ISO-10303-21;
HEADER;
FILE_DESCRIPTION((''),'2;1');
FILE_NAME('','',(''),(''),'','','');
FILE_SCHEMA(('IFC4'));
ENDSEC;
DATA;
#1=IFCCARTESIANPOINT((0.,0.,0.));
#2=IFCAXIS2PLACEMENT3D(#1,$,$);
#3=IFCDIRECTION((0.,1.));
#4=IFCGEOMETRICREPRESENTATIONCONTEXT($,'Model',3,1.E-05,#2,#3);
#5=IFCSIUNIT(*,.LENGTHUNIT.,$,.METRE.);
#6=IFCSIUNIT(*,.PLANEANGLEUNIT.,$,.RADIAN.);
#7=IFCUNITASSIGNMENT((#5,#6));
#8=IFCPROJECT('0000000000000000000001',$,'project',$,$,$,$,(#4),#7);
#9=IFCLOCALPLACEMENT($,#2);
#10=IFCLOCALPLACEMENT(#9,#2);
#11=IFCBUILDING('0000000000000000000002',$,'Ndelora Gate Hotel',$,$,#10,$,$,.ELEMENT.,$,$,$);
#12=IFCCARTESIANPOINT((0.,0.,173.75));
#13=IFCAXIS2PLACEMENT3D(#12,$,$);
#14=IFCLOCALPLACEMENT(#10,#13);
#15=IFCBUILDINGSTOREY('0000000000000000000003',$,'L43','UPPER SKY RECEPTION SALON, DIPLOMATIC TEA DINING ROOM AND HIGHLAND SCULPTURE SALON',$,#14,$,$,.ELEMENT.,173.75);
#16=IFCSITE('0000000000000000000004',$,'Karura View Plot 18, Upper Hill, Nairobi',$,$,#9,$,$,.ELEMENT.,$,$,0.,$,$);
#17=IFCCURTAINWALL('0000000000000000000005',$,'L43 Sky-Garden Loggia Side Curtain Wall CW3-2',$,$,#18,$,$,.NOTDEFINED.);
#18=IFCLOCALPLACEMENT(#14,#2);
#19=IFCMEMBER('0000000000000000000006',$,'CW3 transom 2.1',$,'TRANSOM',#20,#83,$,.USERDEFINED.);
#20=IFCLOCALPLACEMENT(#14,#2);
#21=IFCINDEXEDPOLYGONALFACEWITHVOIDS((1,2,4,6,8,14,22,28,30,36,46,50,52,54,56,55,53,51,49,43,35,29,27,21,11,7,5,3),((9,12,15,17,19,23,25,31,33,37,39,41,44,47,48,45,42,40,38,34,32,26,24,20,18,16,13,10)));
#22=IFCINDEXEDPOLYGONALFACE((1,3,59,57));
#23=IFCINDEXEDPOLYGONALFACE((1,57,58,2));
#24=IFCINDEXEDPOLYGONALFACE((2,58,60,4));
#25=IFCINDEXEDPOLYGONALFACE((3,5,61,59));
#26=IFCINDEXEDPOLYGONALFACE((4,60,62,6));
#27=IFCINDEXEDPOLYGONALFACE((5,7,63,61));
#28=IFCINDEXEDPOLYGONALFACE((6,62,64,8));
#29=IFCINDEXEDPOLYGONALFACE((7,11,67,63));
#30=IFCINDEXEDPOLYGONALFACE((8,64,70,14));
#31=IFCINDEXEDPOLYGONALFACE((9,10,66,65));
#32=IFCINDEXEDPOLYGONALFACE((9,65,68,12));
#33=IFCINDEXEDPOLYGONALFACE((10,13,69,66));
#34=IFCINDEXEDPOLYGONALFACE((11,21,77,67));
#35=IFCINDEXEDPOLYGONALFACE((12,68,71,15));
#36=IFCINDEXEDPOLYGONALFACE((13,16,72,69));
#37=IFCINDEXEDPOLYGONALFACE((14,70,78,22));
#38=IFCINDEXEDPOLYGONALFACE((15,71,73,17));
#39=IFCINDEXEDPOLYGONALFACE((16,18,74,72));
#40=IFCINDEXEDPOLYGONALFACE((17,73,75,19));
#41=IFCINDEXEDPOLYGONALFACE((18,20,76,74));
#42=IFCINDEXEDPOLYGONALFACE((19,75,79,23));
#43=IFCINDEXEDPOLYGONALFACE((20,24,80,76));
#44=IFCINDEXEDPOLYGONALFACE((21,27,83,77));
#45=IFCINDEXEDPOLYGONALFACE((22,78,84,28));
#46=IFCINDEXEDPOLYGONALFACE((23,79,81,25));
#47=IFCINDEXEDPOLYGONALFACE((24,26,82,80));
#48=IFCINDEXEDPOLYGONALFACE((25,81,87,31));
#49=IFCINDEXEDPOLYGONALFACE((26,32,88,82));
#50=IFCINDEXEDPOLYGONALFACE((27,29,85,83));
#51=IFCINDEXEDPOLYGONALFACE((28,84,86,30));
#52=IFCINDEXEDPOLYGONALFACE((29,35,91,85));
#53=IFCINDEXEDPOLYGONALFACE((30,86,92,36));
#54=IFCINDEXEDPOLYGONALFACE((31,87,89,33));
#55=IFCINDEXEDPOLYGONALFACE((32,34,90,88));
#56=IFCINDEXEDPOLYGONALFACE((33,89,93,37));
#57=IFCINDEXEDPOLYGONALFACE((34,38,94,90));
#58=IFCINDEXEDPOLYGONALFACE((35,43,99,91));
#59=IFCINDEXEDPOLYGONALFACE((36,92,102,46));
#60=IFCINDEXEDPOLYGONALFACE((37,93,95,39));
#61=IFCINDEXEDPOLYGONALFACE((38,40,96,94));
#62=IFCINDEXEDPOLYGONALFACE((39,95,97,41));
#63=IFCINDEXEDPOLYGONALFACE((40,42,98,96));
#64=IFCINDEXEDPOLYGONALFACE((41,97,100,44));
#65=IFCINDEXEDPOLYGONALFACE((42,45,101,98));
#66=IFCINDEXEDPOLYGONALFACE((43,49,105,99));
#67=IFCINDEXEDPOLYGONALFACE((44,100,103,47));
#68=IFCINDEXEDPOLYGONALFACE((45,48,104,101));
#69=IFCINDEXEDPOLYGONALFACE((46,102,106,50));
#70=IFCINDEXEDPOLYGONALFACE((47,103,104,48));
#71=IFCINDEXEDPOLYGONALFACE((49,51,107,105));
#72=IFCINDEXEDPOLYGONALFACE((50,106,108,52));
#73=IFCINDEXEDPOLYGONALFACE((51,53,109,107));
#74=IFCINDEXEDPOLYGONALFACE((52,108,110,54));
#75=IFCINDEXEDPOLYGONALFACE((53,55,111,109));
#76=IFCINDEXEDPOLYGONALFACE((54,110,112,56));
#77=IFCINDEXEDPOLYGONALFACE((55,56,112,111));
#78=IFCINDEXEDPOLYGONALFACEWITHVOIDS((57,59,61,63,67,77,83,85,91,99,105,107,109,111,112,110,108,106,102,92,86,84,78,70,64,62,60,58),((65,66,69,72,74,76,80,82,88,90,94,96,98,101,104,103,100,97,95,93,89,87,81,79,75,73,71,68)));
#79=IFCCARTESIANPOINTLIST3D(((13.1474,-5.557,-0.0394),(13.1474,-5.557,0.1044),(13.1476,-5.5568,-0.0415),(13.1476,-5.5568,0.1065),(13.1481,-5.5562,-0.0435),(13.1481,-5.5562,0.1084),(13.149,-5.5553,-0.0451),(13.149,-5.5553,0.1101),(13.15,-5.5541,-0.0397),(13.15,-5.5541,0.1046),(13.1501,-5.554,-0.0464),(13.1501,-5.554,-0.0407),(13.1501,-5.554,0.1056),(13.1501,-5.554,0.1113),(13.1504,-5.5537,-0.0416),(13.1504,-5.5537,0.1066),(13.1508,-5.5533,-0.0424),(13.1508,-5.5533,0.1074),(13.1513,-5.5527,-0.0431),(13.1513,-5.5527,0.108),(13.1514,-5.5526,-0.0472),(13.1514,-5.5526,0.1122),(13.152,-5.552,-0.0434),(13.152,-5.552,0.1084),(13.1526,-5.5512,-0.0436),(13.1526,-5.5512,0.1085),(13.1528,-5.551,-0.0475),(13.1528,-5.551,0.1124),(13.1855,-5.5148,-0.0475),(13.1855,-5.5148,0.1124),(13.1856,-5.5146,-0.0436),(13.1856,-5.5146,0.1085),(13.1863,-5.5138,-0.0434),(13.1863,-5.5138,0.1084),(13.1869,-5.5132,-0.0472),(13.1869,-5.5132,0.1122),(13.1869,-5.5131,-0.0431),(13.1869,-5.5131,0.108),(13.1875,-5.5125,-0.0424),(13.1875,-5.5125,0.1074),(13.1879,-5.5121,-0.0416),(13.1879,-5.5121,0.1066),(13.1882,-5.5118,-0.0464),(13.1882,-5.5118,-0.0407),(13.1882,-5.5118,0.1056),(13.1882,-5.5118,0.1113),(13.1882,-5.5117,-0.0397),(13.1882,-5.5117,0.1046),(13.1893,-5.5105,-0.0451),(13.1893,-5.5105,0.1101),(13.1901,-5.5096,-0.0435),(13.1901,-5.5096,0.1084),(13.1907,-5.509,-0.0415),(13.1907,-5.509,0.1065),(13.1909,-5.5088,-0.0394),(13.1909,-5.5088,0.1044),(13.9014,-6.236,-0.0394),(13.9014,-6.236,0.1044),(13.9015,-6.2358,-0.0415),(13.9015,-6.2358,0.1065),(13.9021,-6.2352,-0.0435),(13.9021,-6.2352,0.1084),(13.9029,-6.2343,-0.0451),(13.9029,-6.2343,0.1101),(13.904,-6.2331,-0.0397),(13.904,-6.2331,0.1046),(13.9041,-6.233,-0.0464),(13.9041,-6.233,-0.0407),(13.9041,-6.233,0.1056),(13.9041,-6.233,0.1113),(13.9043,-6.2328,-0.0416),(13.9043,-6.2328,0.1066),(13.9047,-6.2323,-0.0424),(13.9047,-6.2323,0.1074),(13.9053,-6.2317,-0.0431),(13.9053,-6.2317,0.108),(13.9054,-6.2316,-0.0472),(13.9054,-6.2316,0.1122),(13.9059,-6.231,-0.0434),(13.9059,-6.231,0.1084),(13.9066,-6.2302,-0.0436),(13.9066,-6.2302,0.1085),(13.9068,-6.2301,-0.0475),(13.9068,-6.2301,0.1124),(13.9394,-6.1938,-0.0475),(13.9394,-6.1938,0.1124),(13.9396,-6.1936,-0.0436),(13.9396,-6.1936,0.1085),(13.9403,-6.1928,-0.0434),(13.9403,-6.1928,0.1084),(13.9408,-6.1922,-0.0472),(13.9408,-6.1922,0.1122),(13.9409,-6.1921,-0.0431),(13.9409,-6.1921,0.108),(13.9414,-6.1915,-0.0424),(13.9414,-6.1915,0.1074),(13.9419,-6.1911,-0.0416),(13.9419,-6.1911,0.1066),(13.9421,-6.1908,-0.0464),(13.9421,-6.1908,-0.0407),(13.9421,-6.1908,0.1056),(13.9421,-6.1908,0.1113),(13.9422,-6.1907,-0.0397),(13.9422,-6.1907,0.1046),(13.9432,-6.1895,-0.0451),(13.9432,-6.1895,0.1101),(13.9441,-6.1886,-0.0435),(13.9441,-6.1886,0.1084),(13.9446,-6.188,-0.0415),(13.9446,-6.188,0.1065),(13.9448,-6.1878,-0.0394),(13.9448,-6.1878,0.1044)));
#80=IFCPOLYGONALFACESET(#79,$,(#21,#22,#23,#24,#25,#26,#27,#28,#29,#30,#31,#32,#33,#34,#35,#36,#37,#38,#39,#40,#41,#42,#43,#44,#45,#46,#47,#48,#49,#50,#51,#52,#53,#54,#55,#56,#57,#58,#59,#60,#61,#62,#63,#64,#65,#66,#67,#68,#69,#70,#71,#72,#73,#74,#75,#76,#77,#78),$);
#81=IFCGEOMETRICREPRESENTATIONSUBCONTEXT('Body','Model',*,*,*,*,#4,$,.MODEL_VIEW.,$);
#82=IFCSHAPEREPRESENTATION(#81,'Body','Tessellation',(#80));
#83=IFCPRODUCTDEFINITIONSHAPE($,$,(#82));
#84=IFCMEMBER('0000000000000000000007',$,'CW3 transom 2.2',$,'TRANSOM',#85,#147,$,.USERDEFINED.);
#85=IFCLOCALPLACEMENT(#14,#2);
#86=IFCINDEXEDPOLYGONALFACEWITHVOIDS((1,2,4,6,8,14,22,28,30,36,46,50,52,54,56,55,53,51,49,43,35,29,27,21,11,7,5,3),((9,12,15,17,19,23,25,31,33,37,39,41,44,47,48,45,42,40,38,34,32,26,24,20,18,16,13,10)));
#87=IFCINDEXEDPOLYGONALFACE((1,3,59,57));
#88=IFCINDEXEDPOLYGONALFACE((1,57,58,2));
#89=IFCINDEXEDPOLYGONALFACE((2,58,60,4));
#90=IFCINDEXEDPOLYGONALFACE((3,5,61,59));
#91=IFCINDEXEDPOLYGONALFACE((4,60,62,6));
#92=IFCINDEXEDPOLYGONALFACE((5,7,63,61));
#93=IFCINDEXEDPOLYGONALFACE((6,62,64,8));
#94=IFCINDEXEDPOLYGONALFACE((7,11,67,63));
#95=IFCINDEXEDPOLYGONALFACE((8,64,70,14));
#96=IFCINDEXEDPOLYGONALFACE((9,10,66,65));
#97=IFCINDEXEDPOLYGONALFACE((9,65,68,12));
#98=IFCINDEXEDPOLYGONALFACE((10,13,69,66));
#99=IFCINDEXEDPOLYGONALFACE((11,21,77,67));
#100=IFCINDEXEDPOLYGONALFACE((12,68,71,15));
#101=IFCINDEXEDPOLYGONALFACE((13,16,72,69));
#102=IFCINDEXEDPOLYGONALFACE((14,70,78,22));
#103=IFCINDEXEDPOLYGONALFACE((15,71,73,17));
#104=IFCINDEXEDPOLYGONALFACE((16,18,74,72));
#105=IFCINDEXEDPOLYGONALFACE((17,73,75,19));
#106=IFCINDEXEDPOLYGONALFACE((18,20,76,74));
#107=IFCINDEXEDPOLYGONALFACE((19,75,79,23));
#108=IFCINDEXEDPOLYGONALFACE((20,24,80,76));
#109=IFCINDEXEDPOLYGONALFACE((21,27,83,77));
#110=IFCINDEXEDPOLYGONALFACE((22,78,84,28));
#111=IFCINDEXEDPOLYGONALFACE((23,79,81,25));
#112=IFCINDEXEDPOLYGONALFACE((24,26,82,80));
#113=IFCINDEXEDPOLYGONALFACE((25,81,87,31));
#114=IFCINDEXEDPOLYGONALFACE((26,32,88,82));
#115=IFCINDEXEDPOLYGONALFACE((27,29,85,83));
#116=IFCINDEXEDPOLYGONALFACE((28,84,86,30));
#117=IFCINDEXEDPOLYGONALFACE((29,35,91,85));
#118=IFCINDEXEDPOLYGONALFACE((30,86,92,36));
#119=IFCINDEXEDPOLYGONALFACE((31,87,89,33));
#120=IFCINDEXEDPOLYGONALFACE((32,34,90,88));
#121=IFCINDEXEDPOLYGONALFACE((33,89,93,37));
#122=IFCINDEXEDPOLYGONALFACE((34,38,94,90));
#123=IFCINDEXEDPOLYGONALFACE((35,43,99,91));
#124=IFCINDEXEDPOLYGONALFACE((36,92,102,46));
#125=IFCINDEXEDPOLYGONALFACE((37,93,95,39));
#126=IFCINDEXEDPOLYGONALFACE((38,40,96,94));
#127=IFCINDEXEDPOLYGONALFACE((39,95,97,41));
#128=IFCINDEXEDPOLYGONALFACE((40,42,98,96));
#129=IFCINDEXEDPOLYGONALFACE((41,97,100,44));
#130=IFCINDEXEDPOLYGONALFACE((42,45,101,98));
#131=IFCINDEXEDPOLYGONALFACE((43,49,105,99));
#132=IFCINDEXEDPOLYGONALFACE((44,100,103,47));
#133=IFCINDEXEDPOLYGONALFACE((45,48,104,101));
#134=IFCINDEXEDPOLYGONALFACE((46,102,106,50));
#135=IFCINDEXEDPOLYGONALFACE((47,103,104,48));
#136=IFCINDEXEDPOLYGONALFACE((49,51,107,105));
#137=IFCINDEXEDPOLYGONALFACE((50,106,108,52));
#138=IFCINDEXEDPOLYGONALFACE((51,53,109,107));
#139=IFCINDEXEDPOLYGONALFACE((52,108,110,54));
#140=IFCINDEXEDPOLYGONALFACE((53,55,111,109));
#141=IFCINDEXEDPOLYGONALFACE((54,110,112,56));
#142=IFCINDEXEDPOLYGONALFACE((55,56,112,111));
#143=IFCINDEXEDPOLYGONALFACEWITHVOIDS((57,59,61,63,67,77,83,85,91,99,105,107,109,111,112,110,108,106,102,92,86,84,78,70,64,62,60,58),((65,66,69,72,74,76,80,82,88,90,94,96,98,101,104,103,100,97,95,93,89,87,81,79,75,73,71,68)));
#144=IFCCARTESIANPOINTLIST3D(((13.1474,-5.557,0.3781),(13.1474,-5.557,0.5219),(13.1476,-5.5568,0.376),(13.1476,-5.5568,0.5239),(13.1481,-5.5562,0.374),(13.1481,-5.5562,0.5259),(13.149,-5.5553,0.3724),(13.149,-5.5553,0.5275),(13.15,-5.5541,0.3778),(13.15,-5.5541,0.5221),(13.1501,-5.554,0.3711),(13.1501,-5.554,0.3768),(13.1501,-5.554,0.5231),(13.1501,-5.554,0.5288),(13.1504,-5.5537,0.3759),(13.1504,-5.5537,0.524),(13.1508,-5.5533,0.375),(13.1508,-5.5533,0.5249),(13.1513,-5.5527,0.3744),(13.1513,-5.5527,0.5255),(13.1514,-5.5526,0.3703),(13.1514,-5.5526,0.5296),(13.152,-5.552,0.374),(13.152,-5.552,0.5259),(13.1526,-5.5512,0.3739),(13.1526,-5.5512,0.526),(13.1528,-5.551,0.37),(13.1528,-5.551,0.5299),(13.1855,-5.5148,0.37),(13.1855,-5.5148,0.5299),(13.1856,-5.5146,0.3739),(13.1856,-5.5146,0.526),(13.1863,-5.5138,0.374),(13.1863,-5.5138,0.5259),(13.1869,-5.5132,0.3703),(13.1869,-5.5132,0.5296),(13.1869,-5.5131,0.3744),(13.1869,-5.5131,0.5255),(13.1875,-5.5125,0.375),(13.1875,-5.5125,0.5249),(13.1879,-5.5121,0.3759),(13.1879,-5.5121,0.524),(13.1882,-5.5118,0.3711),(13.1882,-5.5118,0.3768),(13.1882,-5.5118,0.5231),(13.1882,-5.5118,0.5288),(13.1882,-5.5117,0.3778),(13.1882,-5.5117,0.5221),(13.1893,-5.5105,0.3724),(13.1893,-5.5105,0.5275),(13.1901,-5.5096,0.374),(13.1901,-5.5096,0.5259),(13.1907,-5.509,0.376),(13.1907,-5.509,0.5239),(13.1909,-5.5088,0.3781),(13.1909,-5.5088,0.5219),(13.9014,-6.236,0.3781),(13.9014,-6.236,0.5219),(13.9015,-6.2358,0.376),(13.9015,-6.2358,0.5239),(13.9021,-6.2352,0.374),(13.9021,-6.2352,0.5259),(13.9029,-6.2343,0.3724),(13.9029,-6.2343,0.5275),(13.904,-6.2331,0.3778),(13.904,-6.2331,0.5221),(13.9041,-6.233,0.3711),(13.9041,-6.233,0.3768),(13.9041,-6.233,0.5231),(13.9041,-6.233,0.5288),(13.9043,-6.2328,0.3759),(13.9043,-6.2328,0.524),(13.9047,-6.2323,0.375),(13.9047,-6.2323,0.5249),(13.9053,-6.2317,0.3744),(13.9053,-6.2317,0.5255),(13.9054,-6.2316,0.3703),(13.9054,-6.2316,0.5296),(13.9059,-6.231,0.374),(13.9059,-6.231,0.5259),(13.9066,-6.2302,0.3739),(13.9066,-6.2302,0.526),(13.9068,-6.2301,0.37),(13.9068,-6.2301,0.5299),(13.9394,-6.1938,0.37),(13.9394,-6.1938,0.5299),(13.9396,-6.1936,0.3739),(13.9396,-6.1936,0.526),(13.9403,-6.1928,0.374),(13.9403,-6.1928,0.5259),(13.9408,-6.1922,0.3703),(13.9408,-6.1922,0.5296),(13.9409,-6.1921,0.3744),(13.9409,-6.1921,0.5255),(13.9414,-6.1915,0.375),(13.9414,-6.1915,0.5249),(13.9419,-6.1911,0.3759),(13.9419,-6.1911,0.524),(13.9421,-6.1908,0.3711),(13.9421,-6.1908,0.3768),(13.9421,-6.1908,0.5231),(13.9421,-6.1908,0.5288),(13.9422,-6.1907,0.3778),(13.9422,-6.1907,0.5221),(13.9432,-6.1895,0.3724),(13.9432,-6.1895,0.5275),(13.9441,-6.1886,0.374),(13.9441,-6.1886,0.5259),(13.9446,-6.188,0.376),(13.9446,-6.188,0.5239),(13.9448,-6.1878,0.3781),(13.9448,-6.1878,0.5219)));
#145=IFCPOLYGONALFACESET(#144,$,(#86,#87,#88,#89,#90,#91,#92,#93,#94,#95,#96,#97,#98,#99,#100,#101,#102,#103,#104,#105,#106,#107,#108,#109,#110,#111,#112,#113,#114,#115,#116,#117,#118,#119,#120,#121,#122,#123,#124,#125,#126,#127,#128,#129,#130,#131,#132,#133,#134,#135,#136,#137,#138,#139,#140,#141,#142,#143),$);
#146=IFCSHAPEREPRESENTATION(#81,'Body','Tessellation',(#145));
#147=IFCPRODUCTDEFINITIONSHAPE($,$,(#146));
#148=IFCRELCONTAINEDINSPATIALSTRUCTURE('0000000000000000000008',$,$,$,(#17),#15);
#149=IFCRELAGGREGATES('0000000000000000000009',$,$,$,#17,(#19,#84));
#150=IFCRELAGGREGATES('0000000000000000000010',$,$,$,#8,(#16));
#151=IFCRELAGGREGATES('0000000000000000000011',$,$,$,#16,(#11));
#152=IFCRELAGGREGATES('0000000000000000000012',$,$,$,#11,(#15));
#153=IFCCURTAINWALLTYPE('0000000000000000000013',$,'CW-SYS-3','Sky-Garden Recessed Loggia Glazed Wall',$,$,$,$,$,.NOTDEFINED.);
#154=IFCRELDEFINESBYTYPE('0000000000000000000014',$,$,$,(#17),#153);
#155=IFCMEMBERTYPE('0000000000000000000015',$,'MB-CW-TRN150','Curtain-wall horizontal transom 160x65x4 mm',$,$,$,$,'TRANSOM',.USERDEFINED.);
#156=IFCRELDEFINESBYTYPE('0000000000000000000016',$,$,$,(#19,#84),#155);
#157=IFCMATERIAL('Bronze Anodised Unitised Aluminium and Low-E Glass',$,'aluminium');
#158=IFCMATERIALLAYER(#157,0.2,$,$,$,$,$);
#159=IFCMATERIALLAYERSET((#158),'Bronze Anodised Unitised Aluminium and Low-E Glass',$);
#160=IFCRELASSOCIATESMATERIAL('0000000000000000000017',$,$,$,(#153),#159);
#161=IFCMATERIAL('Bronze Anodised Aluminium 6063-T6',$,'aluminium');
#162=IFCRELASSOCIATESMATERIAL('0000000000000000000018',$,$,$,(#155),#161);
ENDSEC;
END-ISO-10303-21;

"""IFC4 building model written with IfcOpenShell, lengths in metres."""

from ifc_helpers import new_model, si_unit, direction, frame, origin, origin_2d, place, context, subcontext, project, spatial, hollow_rectangle, extrude, material, layer, layer_set, material_profile, profile_set, type_object, element, aggregate, save


model = new_model("IFC4")

# Units and contexts
model_context = context("Model", 3, precision=1e-05, world=origin(), true_north=direction((0.0, 1.0)))
body_context = subcontext(model_context, "Body", "Model", "MODEL_VIEW")
ifc_project = project(units=[si_unit("LENGTHUNIT", "METRE"), si_unit("PLANEANGLEUNIT", "RADIAN")], contexts=[model_context])

# Site, building, storey
site_placement = place(None, origin())
site = spatial("IfcSite", under=ifc_project, at=site_placement, Name="Karura View Plot 18, Upper Hill, Nairobi", CompositionType="ELEMENT", RefElevation=0.0)
building_placement = place(site_placement, origin())
building = spatial("IfcBuilding", under=site, at=building_placement, Name="Ndelora Gate Hotel", CompositionType="ELEMENT")
storey_placement = place(building_placement, frame((0.0, 0.0, 173.75)))
storey = spatial("IfcBuildingStorey", under=building, at=storey_placement, Name="L43", Description="UPPER SKY RECEPTION SALON, DIPLOMATIC TEA DINING ROOM AND HIGHLAND SCULPTURE SALON", CompositionType="ELEMENT", Elevation=173.75)

# Curtain wall, members
ifc_material_1 = material(Name="Bronze Anodised Unitised Aluminium and Low-E Glass", Category="aluminium")
ifc_layer_1 = layer(ifc_material_1, 0.2)
ifc_layer_set_1 = layer_set([ifc_layer_1], Name="Bronze Anodised Unitised Aluminium and Low-E Glass")
curtain_wall_type = type_object("IfcCurtainWallType", Name="CW-SYS-3", Description="Sky-Garden Recessed Loggia Glazed Wall", PredefinedType="NOTDEFINED", material=ifc_layer_set_1)
curtain_wall_placement = place(storey_placement, origin())
curtain_wall = element("IfcCurtainWall", 1, at=curtain_wall_placement, inside=storey, type_object=curtain_wall_type, Name="L43 Sky-Garden Loggia Side Curtain Wall CW3-2", PredefinedType="NOTDEFINED")
ifc_material_2 = material(Name="Bronze Anodised Aluminium 6063-T6", Category="aluminium")
ifc_material_profile_1 = material_profile(ifc_material_2, hollow_rectangle(XDim=0.0649, YDim=0.1599, WallThickness=0.0039, InnerFilletRadius=0.0039, OuterFilletRadius=0.0081, at=origin_2d()), Name="ALU 160x65x4")
ifc_profile_set_1 = profile_set([ifc_material_profile_1], Name="Bronze Anodised Aluminium 6063-T6")
member_type_1 = type_object("IfcMemberType", Name="MB-CW-TRN150", Description="Curtain-wall horizontal transom 160x65x4 mm", ElementType="TRANSOM", PredefinedType="USERDEFINED", material=ifc_profile_set_1)
member_1_placement = place(storey_placement, frame((13.9231, -6.2119, 0.0325), z_axis=(-0.743079, 0.669204, 0.0), x_axis=(-0.669204, -0.743079, 0.0)))
member_1 = element("IfcMember", 2, at=member_1_placement, type_object=member_type_1, Name="CW3 transom 2.1", ObjectType="TRANSOM", PredefinedType="USERDEFINED", context=body_context, shape_type="SweptSolid", body=[
    extrude(hollow_rectangle(XDim=0.0649, YDim=0.1599, WallThickness=0.0039, InnerFilletRadius=0.0039, OuterFilletRadius=0.0081, at=origin_2d()), origin(), (0.0, 0.0, 1.0), 1.0146),
])
member_2_placement = place(storey_placement, frame((13.9231, -6.2119, 0.45), z_axis=(-0.743079, 0.669204, 0.0), x_axis=(-0.669204, -0.743079, 0.0)))
member_2 = element("IfcMember", 3, at=member_2_placement, type_object=member_type_1, Name="CW3 transom 2.2", ObjectType="TRANSOM", PredefinedType="USERDEFINED", context=body_context, shape_type="SweptSolid", body=[
    extrude(hollow_rectangle(XDim=0.0649, YDim=0.1599, WallThickness=0.0039, InnerFilletRadius=0.0039, OuterFilletRadius=0.0081, at=origin_2d()), origin(), (0.0, 0.0, 1.0), 1.0146),
])
aggregate(curtain_wall, [member_1, member_2])

save(model, "model.ifc")
